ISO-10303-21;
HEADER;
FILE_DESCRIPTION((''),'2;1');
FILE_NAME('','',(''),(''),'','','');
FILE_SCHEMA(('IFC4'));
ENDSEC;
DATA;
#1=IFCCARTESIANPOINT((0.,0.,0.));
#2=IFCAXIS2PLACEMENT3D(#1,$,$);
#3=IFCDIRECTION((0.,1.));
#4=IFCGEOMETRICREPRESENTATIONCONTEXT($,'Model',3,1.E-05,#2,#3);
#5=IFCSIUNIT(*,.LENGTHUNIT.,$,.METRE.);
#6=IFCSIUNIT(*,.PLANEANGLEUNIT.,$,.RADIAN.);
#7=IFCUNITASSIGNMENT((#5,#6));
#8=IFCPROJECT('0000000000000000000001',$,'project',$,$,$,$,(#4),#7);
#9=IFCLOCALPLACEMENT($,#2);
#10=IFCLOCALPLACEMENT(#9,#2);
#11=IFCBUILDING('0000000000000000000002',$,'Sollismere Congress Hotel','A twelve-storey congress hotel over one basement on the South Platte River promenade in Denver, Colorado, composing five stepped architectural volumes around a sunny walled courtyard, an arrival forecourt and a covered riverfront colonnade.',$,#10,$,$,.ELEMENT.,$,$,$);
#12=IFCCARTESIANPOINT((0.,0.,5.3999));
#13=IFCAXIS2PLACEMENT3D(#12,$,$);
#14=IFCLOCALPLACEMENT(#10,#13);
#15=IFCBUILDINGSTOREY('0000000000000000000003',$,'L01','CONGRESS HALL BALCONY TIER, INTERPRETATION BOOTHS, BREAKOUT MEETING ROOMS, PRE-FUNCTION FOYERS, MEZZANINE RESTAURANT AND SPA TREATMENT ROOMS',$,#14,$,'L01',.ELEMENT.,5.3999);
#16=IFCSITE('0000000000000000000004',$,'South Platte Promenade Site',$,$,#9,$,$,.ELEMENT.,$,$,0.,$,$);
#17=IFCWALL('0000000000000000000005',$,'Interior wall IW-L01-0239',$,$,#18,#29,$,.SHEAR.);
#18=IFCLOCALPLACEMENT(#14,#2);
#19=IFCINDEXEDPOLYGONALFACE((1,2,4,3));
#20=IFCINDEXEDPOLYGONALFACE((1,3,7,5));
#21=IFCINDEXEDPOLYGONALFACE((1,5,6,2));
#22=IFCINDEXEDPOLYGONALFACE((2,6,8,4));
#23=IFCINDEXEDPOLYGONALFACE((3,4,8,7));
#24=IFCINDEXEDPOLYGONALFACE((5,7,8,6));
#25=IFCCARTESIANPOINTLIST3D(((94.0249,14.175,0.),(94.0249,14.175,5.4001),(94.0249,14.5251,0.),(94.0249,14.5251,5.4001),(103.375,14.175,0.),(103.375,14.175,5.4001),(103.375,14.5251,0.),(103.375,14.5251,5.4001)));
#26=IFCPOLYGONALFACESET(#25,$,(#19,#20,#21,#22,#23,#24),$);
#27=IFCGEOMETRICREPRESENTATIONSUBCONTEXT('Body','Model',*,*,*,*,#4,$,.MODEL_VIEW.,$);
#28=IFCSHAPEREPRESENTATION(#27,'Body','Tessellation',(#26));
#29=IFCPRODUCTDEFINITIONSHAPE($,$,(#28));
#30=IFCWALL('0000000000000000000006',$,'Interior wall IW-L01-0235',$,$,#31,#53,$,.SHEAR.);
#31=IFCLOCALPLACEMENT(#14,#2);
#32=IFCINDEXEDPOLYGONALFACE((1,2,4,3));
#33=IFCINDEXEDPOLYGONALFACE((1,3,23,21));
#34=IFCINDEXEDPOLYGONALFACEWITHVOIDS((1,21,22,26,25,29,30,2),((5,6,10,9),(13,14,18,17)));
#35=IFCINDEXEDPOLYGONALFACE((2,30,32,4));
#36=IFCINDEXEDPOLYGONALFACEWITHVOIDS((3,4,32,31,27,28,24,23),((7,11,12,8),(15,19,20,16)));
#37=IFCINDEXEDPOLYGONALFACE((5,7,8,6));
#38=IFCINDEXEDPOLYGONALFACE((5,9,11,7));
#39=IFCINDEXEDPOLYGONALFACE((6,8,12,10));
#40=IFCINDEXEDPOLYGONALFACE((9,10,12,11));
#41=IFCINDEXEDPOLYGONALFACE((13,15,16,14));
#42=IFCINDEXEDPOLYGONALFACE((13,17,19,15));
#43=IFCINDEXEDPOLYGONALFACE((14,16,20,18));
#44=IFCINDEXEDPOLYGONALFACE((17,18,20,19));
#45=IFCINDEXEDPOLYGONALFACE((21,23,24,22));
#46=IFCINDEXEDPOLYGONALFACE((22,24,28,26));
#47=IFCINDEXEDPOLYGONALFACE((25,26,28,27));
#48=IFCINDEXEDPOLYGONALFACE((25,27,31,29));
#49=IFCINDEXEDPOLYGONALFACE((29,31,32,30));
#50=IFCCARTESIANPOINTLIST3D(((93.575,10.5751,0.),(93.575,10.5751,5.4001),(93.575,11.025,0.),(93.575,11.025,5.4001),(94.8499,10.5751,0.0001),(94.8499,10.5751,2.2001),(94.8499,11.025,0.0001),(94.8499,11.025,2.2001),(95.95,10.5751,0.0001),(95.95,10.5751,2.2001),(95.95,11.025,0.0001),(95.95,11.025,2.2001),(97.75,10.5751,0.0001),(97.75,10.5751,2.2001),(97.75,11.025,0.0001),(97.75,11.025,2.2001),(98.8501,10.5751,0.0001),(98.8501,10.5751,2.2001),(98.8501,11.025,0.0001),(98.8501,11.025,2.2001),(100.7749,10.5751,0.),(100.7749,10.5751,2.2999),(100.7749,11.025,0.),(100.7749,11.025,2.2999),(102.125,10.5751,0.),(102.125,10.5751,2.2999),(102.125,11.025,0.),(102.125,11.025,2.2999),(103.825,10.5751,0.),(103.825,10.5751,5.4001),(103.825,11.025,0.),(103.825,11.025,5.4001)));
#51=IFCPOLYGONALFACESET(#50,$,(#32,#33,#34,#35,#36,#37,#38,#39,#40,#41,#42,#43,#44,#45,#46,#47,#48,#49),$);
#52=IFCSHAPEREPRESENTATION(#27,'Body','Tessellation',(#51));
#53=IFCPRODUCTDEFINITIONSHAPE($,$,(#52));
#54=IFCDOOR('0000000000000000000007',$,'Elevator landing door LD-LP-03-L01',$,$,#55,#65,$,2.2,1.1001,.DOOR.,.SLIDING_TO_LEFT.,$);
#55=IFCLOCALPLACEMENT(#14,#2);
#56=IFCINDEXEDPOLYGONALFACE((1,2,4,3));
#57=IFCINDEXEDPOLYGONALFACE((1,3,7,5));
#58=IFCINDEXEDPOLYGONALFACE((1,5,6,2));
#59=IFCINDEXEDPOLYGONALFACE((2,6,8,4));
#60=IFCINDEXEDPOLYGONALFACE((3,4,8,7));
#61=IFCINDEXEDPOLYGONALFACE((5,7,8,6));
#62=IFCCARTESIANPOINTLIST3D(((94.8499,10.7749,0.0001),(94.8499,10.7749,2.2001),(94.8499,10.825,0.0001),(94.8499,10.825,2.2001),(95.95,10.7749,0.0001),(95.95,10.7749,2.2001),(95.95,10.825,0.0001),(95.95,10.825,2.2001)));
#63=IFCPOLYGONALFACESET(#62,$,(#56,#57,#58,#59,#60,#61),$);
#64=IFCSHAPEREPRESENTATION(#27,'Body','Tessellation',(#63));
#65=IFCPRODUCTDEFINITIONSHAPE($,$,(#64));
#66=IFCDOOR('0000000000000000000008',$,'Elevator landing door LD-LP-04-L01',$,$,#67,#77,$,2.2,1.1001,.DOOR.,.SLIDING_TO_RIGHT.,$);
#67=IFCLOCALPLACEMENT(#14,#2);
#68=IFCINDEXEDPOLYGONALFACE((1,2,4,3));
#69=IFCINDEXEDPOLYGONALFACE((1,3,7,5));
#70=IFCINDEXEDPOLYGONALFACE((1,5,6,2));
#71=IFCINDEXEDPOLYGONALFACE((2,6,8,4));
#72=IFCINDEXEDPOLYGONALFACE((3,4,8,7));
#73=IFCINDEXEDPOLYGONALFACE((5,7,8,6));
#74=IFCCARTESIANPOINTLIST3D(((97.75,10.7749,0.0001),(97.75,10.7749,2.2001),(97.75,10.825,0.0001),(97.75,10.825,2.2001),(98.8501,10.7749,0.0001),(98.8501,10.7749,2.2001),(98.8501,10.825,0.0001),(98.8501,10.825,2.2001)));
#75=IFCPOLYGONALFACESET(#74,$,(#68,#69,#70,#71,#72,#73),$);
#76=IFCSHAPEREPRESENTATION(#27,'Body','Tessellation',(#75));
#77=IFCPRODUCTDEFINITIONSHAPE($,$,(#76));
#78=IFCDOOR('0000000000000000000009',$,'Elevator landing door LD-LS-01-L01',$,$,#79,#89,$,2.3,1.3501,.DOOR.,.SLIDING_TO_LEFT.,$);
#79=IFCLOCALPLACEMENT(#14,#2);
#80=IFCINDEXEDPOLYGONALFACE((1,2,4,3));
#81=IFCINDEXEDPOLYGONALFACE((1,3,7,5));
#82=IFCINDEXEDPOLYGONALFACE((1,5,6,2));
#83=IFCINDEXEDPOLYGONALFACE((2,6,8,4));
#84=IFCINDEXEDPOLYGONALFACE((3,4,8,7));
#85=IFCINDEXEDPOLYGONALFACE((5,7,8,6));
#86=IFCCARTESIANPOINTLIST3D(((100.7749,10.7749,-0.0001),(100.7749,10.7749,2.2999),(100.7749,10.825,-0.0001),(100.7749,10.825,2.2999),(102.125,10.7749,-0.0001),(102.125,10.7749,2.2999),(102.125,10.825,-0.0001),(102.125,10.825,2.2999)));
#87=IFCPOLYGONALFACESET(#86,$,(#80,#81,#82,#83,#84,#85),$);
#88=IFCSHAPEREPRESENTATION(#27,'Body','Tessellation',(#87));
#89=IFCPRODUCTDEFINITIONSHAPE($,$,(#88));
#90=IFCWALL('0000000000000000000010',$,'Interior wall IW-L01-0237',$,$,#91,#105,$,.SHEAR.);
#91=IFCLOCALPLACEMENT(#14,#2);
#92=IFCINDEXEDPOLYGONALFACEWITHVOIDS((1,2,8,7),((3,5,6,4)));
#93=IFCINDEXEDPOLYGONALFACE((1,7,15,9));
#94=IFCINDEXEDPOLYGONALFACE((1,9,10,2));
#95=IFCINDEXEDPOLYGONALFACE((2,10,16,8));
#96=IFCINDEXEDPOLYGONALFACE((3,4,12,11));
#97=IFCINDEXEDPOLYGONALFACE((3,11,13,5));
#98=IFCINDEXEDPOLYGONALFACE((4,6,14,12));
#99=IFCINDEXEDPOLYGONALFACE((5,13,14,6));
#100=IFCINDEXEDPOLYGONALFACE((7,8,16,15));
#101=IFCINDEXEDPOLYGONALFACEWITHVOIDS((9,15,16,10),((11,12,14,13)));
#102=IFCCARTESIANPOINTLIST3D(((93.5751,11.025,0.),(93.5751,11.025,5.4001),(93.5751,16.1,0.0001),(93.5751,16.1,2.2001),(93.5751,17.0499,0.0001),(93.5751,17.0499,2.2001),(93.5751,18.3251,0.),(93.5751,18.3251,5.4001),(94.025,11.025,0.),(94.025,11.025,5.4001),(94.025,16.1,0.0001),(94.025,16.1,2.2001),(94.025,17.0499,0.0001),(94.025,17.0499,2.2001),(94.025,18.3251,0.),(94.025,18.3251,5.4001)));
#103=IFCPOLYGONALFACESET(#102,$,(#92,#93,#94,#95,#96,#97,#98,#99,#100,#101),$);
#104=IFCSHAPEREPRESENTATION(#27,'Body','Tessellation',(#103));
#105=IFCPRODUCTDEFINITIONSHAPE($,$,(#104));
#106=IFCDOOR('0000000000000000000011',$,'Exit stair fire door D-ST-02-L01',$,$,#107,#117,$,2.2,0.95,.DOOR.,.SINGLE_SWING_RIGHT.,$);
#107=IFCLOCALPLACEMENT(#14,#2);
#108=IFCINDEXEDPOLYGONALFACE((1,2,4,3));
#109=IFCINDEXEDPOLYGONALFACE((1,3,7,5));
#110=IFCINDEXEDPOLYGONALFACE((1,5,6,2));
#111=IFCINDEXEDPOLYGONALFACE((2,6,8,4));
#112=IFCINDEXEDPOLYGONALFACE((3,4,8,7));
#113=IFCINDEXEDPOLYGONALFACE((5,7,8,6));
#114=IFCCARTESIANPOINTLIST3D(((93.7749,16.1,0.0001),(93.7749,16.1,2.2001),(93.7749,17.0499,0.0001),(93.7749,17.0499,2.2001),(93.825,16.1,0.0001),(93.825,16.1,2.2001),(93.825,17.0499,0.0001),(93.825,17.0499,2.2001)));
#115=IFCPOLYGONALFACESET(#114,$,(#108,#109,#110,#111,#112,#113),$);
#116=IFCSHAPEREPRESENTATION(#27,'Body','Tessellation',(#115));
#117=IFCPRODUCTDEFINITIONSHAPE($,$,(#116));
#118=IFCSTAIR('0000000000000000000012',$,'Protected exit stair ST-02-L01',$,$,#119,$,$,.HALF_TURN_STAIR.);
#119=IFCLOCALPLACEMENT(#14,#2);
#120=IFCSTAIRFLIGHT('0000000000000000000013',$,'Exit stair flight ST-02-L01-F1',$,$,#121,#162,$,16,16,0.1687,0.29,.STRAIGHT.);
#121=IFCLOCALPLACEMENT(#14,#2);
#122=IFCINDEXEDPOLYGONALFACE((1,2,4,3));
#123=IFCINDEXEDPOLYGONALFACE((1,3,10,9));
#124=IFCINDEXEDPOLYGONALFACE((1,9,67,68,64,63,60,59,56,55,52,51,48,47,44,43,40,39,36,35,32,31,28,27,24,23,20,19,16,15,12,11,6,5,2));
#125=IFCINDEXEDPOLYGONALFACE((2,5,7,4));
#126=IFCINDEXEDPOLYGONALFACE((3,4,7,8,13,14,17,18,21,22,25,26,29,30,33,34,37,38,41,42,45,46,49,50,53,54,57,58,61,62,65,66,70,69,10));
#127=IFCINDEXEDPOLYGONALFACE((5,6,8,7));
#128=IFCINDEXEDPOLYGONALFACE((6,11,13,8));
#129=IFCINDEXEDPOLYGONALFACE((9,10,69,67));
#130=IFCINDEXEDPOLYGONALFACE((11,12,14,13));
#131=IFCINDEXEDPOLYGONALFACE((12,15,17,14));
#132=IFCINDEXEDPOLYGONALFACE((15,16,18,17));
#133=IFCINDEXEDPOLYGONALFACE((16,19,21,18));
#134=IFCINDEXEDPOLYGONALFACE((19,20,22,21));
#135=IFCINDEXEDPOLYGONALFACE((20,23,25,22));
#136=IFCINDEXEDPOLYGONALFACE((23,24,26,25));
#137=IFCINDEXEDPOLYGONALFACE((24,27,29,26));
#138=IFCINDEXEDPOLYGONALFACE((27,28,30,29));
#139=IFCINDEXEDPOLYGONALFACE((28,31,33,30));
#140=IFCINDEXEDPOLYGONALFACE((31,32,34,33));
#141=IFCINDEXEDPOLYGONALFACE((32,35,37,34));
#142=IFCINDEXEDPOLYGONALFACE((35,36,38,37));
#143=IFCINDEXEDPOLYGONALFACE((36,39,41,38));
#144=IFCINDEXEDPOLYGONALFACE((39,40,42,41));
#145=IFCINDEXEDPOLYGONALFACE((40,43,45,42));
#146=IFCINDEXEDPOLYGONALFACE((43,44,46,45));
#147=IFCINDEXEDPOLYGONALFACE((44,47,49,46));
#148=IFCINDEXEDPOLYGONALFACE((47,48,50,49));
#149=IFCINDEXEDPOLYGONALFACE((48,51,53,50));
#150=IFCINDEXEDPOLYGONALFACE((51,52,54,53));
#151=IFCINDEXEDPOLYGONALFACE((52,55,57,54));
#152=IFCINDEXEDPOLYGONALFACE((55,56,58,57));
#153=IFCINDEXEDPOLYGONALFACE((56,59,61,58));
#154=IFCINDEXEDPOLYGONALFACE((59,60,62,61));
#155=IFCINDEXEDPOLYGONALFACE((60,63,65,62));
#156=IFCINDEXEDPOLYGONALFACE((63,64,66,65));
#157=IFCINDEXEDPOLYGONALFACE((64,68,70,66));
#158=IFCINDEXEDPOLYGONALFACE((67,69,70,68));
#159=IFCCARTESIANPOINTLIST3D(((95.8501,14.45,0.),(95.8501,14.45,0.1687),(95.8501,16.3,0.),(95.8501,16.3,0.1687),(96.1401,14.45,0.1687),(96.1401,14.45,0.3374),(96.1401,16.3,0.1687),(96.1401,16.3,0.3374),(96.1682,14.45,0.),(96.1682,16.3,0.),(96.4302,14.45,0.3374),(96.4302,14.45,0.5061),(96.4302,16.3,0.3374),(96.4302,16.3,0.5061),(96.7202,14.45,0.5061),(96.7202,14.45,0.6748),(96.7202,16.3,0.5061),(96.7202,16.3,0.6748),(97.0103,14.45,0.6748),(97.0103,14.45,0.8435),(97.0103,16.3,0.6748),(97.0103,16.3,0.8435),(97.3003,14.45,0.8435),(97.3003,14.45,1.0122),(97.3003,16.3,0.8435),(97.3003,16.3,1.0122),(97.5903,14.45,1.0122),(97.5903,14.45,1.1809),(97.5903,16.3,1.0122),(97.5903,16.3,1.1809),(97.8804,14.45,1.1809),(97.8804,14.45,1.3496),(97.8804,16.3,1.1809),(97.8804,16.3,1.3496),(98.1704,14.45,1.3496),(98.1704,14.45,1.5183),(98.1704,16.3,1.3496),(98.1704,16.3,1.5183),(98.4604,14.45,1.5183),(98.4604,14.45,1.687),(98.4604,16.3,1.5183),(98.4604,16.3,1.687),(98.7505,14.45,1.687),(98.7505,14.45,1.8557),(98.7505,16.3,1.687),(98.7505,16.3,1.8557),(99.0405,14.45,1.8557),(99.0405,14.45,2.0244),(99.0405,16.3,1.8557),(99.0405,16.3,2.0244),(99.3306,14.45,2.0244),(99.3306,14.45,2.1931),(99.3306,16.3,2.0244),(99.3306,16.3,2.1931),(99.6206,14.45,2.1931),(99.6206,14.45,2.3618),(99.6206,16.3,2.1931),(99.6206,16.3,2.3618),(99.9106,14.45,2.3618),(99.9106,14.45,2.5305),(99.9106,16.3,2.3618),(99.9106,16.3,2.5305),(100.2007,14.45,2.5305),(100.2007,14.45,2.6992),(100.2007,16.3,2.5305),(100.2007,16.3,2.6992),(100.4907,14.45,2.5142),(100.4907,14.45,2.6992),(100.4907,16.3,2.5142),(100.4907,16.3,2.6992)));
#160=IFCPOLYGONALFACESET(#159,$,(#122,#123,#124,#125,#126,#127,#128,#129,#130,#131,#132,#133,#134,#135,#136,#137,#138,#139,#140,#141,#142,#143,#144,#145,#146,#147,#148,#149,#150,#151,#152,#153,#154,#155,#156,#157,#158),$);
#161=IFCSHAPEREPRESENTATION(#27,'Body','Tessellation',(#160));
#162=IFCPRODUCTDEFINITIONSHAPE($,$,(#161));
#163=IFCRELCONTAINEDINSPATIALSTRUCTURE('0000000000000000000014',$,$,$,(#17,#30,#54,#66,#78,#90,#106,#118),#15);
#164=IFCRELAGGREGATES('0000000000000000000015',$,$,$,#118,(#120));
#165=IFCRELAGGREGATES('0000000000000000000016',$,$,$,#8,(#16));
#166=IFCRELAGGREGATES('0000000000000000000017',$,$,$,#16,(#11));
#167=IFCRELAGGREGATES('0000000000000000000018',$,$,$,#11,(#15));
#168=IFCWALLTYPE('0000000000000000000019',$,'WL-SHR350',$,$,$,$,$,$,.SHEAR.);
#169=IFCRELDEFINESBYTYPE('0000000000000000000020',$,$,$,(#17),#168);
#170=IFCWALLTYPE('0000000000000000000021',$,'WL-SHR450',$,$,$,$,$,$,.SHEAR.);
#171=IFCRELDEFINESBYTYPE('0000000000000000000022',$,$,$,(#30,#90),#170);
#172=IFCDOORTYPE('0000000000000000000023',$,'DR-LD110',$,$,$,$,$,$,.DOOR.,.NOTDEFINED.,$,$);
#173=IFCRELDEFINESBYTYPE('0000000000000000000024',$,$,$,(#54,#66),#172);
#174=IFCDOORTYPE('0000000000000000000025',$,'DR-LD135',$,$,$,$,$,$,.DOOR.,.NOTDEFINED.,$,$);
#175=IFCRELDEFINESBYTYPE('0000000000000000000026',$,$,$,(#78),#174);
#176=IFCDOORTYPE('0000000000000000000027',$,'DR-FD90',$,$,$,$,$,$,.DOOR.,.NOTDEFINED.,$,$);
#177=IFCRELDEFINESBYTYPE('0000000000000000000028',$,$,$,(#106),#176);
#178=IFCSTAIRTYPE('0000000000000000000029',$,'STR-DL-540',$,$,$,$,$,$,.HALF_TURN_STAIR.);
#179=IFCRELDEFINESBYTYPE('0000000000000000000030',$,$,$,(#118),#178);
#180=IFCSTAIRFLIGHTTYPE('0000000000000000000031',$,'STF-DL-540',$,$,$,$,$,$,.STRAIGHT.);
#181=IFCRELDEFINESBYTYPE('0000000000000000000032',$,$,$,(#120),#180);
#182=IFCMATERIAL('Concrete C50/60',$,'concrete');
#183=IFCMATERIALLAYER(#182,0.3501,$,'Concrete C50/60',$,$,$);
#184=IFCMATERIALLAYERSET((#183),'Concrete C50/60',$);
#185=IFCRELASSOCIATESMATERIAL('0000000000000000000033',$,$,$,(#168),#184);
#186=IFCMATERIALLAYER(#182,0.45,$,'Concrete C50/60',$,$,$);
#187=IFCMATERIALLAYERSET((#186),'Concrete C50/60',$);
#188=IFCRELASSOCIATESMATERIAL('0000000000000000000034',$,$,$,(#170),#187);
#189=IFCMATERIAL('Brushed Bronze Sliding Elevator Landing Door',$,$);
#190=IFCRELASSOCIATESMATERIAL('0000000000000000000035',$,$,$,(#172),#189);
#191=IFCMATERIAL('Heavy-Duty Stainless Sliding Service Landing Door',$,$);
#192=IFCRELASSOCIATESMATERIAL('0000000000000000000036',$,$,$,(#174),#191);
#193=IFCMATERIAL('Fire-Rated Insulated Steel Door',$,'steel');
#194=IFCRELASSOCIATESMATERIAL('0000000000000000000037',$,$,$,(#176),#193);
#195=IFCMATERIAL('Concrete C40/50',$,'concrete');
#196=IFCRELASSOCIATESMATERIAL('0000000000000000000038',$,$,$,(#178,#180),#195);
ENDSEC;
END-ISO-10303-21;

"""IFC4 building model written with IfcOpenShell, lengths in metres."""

from ifc_helpers import new_model, si_unit, direction, frame, frame_2d, origin, place, context, subcontext, project, spatial, polyline, rectangle, outline, extrude, material, layer, layer_set, type_object, element, fill, aggregate, save


model = new_model("IFC4")

# Units and contexts
model_context = context("Model", 3, precision=1e-05, world=origin(), true_north=direction((0.0, 1.0)))
body_context = subcontext(model_context, "Body", "Model", "MODEL_VIEW")
ifc_project = project(units=[si_unit("LENGTHUNIT", "METRE"), si_unit("PLANEANGLEUNIT", "RADIAN")], contexts=[model_context])

# Site, building, storey
site_placement = place(None, origin())
site = spatial("IfcSite", under=ifc_project, at=site_placement, Name="South Platte Promenade Site", CompositionType="ELEMENT", RefElevation=0.0)
building_placement = place(site_placement, origin())
building = spatial("IfcBuilding", under=site, at=building_placement, Name="Sollismere Congress Hotel", Description="A twelve-storey congress hotel over one basement on the South Platte River promenade in Denver, Colorado, composing five stepped architectural volumes around a sunny walled courtyard, an arrival forecourt and a covered riverfront colonnade.", CompositionType="ELEMENT")
storey_placement = place(building_placement, frame((0.0, 0.0, 5.3999)))
storey = spatial("IfcBuildingStorey", under=building, at=storey_placement, Name="L01", Description="CONGRESS HALL BALCONY TIER, INTERPRETATION BOOTHS, BREAKOUT MEETING ROOMS, PRE-FUNCTION FOYERS, MEZZANINE RESTAURANT AND SPA TREATMENT ROOMS", LongName="L01", CompositionType="ELEMENT", Elevation=5.3999)

# Wall
ifc_material_1 = material(Name="Concrete C50/60", Category="concrete")
ifc_layer_1 = layer(ifc_material_1, 0.3501, Name="Concrete C50/60")
ifc_layer_set_1 = layer_set([ifc_layer_1], Name="Concrete C50/60")
wall_type_1 = type_object("IfcWallType", Name="WL-SHR350", PredefinedType="SHEAR", material=ifc_layer_set_1)
wall_1_placement = place(storey_placement, frame((94.0249, 14.3501, 0.0), z_axis=(0.0, 0.0, 1.0), x_axis=(1.0, 0.0, 0.0)))
element("IfcWall", 1, at=wall_1_placement, inside=storey, type_object=wall_type_1, Name="Interior wall IW-L01-0239", PredefinedType="SHEAR", context=body_context, shape_type="SweptSolid", body=[
    extrude(rectangle(XDim=9.3501, YDim=0.3501, at=frame_2d((4.675, 0.0))), origin(), (0.0, 0.0, 1.0), 5.4001),
])

# Wall, openings, doors
ifc_layer_2 = layer(ifc_material_1, 0.45, Name="Concrete C50/60")
ifc_layer_set_2 = layer_set([ifc_layer_2], Name="Concrete C50/60")
wall_type_2 = type_object("IfcWallType", Name="WL-SHR450", PredefinedType="SHEAR", material=ifc_layer_set_2)
wall_2_placement = place(storey_placement, frame((93.575, 10.8, 0.0), z_axis=(0.0, 0.0, 1.0), x_axis=(1.0, 0.0, 0.0)))
wall_2 = element("IfcWall", 2, at=wall_2_placement, inside=storey, type_object=wall_type_2, Name="Interior wall IW-L01-0235", PredefinedType="SHEAR", context=body_context, shape_type="SweptSolid", body=[
    extrude(rectangle(XDim=10.25, YDim=0.45, at=frame_2d((5.125, 0.0))), origin(), (0.0, 0.0, 1.0), 5.4001),
])
opening_1_placement = place(wall_2_placement, frame((1.2749, 0.0, 0.0)))
opening_1 = element("IfcOpeningElement", 3, at=opening_1_placement, cuts=wall_2, PredefinedType="OPENING", context=body_context, shape_type="SweptSolid", body=[
    extrude(rectangle(XDim=1.1001, YDim=2.2, at=frame_2d((0.55, 1.1001))), frame((0.0, 0.2349, 0.0), z_axis=(0.0, -1.0, 0.0), x_axis=(1.0, 0.0, 0.0)), (0.0, 0.0, 1.0), 0.47),
])
opening_2_placement = place(wall_2_placement, frame((4.175, 0.0, 0.0)))
opening_2 = element("IfcOpeningElement", 4, at=opening_2_placement, cuts=wall_2, PredefinedType="OPENING", context=body_context, shape_type="SweptSolid", body=[
    extrude(rectangle(XDim=1.1001, YDim=2.2, at=frame_2d((0.55, 1.1001))), frame((0.0, 0.2349, 0.0), z_axis=(0.0, -1.0, 0.0), x_axis=(1.0, 0.0, 0.0)), (0.0, 0.0, 1.0), 0.47),
])
opening_3_placement = place(wall_2_placement, frame((7.2, 0.0, 0.0)))
opening_3 = element("IfcOpeningElement", 5, at=opening_3_placement, cuts=wall_2, PredefinedType="OPENING", context=body_context, shape_type="SweptSolid", body=[
    extrude(rectangle(XDim=1.3501, YDim=2.3, at=frame_2d((0.675, 1.1499))), frame((0.0, 0.2349, 0.0), z_axis=(0.0, -1.0, 0.0), x_axis=(1.0, 0.0, 0.0)), (0.0, 0.0, 1.0), 0.47),
])
ifc_material_2 = material(Name="Brushed Bronze Sliding Elevator Landing Door")
door_type_1 = type_object("IfcDoorType", Name="DR-LD110", OperationType="NOTDEFINED", PredefinedType="DOOR", material=ifc_material_2)
door_1_placement = place(opening_1_placement, origin())
door_1 = element("IfcDoor", 6, at=door_1_placement, inside=storey, type_object=door_type_1, Name="Elevator landing door LD-LP-03-L01", OperationType="SLIDING_TO_LEFT", OverallHeight=2.2, OverallWidth=1.1001, PredefinedType="DOOR", context=body_context, shape_type="SweptSolid", body=[
    extrude(rectangle(XDim=1.1001, YDim=2.2, at=frame_2d((0.55, 1.1001))), frame((0.0, 0.0249, 0.0), z_axis=(0.0, -1.0, 0.0), x_axis=(1.0, 0.0, 0.0)), (0.0, 0.0, 1.0), 0.05),
])
fill(opening_1, door_1)
door_2_placement = place(opening_2_placement, origin())
door_2 = element("IfcDoor", 7, at=door_2_placement, inside=storey, type_object=door_type_1, Name="Elevator landing door LD-LP-04-L01", OperationType="SLIDING_TO_RIGHT", OverallHeight=2.2, OverallWidth=1.1001, PredefinedType="DOOR", context=body_context, shape_type="SweptSolid", body=[
    extrude(rectangle(XDim=1.1001, YDim=2.2, at=frame_2d((0.55, 1.1001))), frame((0.0, 0.0249, 0.0), z_axis=(0.0, -1.0, 0.0), x_axis=(1.0, 0.0, 0.0)), (0.0, 0.0, 1.0), 0.05),
])
fill(opening_2, door_2)
ifc_material_3 = material(Name="Heavy-Duty Stainless Sliding Service Landing Door")
door_type_2 = type_object("IfcDoorType", Name="DR-LD135", OperationType="NOTDEFINED", PredefinedType="DOOR", material=ifc_material_3)
door_3_placement = place(opening_3_placement, origin())
door_3 = element("IfcDoor", 8, at=door_3_placement, inside=storey, type_object=door_type_2, Name="Elevator landing door LD-LS-01-L01", OperationType="SLIDING_TO_LEFT", OverallHeight=2.3, OverallWidth=1.3501, PredefinedType="DOOR", context=body_context, shape_type="SweptSolid", body=[
    extrude(rectangle(XDim=1.3501, YDim=2.3, at=frame_2d((0.675, 1.1499))), frame((0.0, 0.0249, 0.0), z_axis=(0.0, -1.0, 0.0), x_axis=(1.0, 0.0, 0.0)), (0.0, 0.0, 1.0), 0.05),
])
fill(opening_3, door_3)

# Wall, opening, door
wall_3_placement = place(storey_placement, frame((93.8, 18.325, 0.0), z_axis=(0.0, 0.0, 1.0), x_axis=(0.0, -1.0, 0.0)))
wall_3 = element("IfcWall", 9, at=wall_3_placement, inside=storey, type_object=wall_type_2, Name="Interior wall IW-L01-0237", PredefinedType="SHEAR", context=body_context, shape_type="SweptSolid", body=[
    extrude(rectangle(XDim=7.3, YDim=0.45, at=frame_2d((3.6499, 0.0))), origin(), (0.0, 0.0, 1.0), 5.4001),
])
opening_4_placement = place(wall_3_placement, frame((1.2749, 0.0, 0.0)))
opening_4 = element("IfcOpeningElement", 10, at=opening_4_placement, cuts=wall_3, PredefinedType="OPENING", context=body_context, shape_type="SweptSolid", body=[
    extrude(rectangle(XDim=0.95, YDim=2.2, at=frame_2d((0.4751, 1.1001))), frame((0.0, 0.2349, 0.0), z_axis=(0.0, -1.0, 0.0), x_axis=(1.0, 0.0, 0.0)), (0.0, 0.0, 1.0), 0.47),
])
ifc_material_4 = material(Name="Fire-Rated Insulated Steel Door", Category="steel")
door_type_3 = type_object("IfcDoorType", Name="DR-FD90", OperationType="NOTDEFINED", PredefinedType="DOOR", material=ifc_material_4)
door_4_placement = place(opening_4_placement, origin())
door_4 = element("IfcDoor", 11, at=door_4_placement, inside=storey, type_object=door_type_3, Name="Exit stair fire door D-ST-02-L01", OperationType="SINGLE_SWING_RIGHT", OverallHeight=2.2, OverallWidth=0.95, PredefinedType="DOOR", context=body_context, shape_type="SweptSolid", body=[
    extrude(rectangle(XDim=0.95, YDim=2.2, at=frame_2d((0.4751, 1.1001))), frame((0.0, 0.0249, 0.0), z_axis=(0.0, -1.0, 0.0), x_axis=(1.0, 0.0, 0.0)), (0.0, 0.0, 1.0), 0.05),
])
fill(opening_4, door_4)

# Stair, stair flight
ifc_material_5 = material(Name="Concrete C40/50", Category="concrete")
stair_type = type_object("IfcStairType", Name="STR-DL-540", PredefinedType="HALF_TURN_STAIR", material=ifc_material_5)
stair_placement = place(storey_placement, origin())
stair = element("IfcStair", 12, at=stair_placement, inside=storey, type_object=stair_type, Name="Protected exit stair ST-02-L01", PredefinedType="HALF_TURN_STAIR")
stair_flight_type = type_object("IfcStairFlightType", Name="STF-DL-540", PredefinedType="STRAIGHT", material=ifc_material_5)
stair_flight_placement = place(storey_placement, frame((95.8501, 15.375, 0.0), z_axis=(0.0, 0.0, 1.0), x_axis=(1.0, 0.0, 0.0)))
stair_flight = element("IfcStairFlight", 13, at=stair_flight_placement, type_object=stair_flight_type, Name="Exit stair flight ST-02-L01-F1", NumberOfRisers=16, NumberOfTreads=16, PredefinedType="STRAIGHT", RiserHeight=0.1687, TreadLength=0.29, context=body_context, shape_type="SweptSolid", body=[
    extrude(outline(polyline([(0.0, 0.0), (0.0, 0.1687), (0.29, 0.1687), (0.29, 0.3374), (0.5801, 0.3374), (0.5801, 0.5061), (0.8701, 0.5061), (0.8701, 0.6748), (1.1602, 0.6748), (1.1602, 0.8435), (1.4502, 0.8435), (1.4502, 1.0122), (1.7402, 1.0122), (1.7402, 1.1809), (2.0303, 1.1809), (2.0303, 1.3496), (2.3203, 1.3496), (2.3203, 1.5183), (2.6104, 1.5183), (2.6104, 1.687), (2.9004, 1.687), (2.9004, 1.8557), (3.1904, 1.8557), (3.1904, 2.0244), (3.4805, 2.0244), (3.4805, 2.1931), (3.7705, 2.1931), (3.7705, 2.3618), (4.0605, 2.3618), (4.0605, 2.5305), (4.3506, 2.5305), (4.3506, 2.6992), (4.6406, 2.6992), (4.6406, 2.5142), (0.3181, 0.0), (0.0, 0.0)])), frame((0.0, 0.925, 0.0), z_axis=(0.0, -1.0, 0.0), x_axis=(1.0, 0.0, 0.0)), (0.0, 0.0, 1.0), 1.8501),
])
aggregate(stair, [stair_flight])

save(model, "model.ifc")
